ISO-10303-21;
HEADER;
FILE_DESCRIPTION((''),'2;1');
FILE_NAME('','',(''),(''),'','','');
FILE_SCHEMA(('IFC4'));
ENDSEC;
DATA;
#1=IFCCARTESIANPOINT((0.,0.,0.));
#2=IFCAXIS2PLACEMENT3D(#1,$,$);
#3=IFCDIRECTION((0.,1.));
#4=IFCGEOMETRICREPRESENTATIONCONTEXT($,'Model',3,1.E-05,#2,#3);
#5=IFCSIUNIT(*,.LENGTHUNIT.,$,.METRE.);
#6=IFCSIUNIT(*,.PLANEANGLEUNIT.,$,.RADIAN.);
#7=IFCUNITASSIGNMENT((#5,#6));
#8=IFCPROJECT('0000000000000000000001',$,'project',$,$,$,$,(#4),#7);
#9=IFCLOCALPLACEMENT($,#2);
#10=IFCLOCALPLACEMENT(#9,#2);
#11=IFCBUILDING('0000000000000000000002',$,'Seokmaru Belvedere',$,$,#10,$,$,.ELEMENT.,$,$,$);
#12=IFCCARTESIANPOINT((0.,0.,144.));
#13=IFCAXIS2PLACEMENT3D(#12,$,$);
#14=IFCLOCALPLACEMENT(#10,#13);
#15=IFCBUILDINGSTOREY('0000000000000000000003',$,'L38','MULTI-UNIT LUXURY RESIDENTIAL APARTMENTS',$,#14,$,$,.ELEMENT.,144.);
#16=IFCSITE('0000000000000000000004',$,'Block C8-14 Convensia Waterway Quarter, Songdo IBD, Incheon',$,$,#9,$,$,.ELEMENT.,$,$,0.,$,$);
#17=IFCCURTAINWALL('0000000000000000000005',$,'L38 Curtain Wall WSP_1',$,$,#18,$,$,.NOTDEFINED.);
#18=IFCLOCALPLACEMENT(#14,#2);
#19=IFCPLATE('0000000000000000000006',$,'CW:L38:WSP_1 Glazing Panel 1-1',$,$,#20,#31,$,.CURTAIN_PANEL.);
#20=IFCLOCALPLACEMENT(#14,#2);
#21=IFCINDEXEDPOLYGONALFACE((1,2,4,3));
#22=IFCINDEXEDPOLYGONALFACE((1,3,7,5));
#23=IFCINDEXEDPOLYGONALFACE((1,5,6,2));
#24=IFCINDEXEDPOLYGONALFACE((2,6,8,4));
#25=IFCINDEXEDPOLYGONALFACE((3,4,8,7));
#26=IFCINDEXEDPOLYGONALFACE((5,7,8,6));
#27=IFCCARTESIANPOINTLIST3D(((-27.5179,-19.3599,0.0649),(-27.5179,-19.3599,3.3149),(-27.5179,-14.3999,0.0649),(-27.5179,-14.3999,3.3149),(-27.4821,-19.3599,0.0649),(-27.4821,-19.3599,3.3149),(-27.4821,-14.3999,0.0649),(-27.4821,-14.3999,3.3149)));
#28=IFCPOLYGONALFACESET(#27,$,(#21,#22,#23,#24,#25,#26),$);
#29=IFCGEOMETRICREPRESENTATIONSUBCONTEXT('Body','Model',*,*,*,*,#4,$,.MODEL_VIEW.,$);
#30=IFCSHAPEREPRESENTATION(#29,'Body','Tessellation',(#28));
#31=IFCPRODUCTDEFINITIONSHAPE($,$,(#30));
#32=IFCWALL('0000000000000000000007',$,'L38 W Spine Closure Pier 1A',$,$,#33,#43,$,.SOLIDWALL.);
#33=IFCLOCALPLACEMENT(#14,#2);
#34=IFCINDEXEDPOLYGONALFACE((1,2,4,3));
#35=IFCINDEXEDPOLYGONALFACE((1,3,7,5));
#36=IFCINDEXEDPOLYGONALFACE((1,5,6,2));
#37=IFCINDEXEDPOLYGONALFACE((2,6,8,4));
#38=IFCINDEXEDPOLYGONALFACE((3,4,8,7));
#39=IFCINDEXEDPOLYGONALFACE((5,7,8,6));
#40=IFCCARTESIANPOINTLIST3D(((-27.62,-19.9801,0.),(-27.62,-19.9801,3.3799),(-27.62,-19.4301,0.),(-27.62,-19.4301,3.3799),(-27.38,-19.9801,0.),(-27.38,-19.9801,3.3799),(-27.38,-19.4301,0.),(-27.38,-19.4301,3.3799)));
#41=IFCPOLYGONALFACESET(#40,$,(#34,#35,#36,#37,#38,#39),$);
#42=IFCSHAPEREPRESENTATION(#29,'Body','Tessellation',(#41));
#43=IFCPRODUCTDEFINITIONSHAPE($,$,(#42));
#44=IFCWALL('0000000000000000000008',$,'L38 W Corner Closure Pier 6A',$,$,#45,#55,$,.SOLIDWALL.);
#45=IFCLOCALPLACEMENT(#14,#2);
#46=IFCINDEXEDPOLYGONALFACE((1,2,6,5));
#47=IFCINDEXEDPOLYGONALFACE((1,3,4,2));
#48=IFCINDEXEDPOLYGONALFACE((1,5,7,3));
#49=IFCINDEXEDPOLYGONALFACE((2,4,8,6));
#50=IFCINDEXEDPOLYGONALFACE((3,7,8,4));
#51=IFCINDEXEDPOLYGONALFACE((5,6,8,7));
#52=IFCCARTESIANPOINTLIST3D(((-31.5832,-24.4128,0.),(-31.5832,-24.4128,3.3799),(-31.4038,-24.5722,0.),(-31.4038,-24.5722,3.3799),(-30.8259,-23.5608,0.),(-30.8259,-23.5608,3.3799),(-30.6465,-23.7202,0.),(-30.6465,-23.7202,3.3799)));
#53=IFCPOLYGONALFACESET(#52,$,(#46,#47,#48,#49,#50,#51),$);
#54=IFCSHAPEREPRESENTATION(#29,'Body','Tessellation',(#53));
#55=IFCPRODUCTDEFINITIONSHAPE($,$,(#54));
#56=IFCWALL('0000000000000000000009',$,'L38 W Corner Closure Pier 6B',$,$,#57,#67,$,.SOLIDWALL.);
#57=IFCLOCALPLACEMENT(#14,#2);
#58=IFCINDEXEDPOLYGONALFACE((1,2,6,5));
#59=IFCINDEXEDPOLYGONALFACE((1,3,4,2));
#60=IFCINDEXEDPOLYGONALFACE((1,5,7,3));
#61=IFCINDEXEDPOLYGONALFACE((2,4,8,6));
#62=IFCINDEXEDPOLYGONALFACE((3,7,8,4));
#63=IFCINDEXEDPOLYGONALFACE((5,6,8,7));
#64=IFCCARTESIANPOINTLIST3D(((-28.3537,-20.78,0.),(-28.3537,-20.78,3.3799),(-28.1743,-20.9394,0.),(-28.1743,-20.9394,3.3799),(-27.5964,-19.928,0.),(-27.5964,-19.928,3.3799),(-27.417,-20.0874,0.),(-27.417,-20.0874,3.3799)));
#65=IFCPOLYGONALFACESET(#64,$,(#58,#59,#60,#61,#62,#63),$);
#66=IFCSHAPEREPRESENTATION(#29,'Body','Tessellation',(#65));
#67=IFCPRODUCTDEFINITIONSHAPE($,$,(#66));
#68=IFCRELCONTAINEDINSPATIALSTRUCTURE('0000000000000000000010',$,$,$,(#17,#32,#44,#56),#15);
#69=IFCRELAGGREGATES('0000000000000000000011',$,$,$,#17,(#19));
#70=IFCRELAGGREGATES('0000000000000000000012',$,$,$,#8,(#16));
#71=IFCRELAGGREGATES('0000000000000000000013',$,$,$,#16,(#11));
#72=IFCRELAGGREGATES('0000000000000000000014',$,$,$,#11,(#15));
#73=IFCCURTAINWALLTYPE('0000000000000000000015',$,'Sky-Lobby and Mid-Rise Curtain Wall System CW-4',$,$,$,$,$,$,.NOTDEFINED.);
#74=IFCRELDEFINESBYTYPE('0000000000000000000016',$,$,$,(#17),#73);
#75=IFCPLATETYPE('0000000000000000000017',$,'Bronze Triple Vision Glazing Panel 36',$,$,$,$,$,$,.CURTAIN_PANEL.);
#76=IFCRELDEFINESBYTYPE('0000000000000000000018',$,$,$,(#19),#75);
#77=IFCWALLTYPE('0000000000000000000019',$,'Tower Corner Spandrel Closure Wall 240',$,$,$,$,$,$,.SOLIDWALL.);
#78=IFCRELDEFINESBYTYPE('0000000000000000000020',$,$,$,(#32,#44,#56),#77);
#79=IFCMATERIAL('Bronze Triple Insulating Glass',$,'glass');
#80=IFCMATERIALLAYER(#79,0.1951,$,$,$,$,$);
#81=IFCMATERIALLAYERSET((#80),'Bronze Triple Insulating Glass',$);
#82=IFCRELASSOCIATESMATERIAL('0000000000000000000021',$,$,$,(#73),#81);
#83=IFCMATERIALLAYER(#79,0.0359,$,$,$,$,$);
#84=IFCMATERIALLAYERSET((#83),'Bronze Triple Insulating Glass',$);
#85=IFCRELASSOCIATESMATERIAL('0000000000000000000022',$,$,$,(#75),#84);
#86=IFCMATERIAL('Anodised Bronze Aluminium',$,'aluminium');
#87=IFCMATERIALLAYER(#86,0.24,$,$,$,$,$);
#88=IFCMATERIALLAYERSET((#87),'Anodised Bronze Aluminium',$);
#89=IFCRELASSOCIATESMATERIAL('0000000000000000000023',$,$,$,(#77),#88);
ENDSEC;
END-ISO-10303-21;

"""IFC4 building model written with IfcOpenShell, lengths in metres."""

from ifc_helpers import new_model, si_unit, direction, frame, frame_2d, origin, origin_2d, place, context, subcontext, project, spatial, rectangle, extrude, source, transform, mapped, material, layer, layer_set, type_object, element, aggregate, save


model = new_model("IFC4")

# Units and contexts
model_context = context("Model", 3, precision=1e-05, world=origin(), true_north=direction((0.0, 1.0)))
body_context = subcontext(model_context, "Body", "Model", "MODEL_VIEW")
ifc_project = project(units=[si_unit("LENGTHUNIT", "METRE"), si_unit("PLANEANGLEUNIT", "RADIAN")], contexts=[model_context])

# Site, building, storey
site_placement = place(None, origin())
site = spatial("IfcSite", under=ifc_project, at=site_placement, Name="Block C8-14 Convensia Waterway Quarter, Songdo IBD, Incheon", CompositionType="ELEMENT", RefElevation=0.0)
building_placement = place(site_placement, origin())
building = spatial("IfcBuilding", under=site, at=building_placement, Name="Seokmaru Belvedere", CompositionType="ELEMENT")
storey_placement = place(building_placement, frame((0.0, 0.0, 144.0)))
storey = spatial("IfcBuildingStorey", under=building, at=storey_placement, Name="L38", Description="MULTI-UNIT LUXURY RESIDENTIAL APARTMENTS", CompositionType="ELEMENT", Elevation=144.0)

# Curtain wall
ifc_material_1 = material(Name="Bronze Triple Insulating Glass", Category="glass")
ifc_layer_1 = layer(ifc_material_1, 0.1951)
ifc_layer_set_1 = layer_set([ifc_layer_1], Name="Bronze Triple Insulating Glass")
curtain_wall_type = type_object("IfcCurtainWallType", Name="Sky-Lobby and Mid-Rise Curtain Wall System CW-4", PredefinedType="NOTDEFINED", material=ifc_layer_set_1)
curtain_wall_1_placement = place(storey_placement, origin())
curtain_wall_1 = element("IfcCurtainWall", 1, at=curtain_wall_1_placement, inside=storey, type_object=curtain_wall_type, Name="L38 Curtain Wall WSP_1", PredefinedType="NOTDEFINED")
ifc_material_2 = material(Name="Anodised Bronze Aluminium", Category="aluminium")

# Plate
ifc_layer_2 = layer(ifc_material_1, 0.0359)
ifc_layer_set_2 = layer_set([ifc_layer_2], Name="Bronze Triple Insulating Glass")
plate_type = type_object("IfcPlateType", Name="Bronze Triple Vision Glazing Panel 36", PredefinedType="CURTAIN_PANEL", material=ifc_layer_set_2)
shared_shape_1 = source(origin(), body_context, "Body", "SweptSolid", [
    extrude(rectangle(XDim=4.96, YDim=0.0359, at=origin_2d()), origin(), (0.0, 0.0, 1.0), 3.25),
])
plate_1_placement = place(storey_placement, frame((-27.5, -16.8799, 0.0649), z_axis=(0.0, 0.0, 1.0), x_axis=(0.0, 1.0, 0.0)))
plate_1 = element("IfcPlate", 2, at=plate_1_placement, type_object=plate_type, Name="CW:L38:WSP_1 Glazing Panel 1-1", PredefinedType="CURTAIN_PANEL", context=body_context, shape_type="MappedRepresentation", body=[
    mapped(shared_shape_1, transform((0.0, 0.0, 0.0), scale=1.0)),
])
aggregate(curtain_wall_1, [plate_1])

# Walls
ifc_layer_3 = layer(ifc_material_2, 0.24)
ifc_layer_set_3 = layer_set([ifc_layer_3], Name="Anodised Bronze Aluminium")
wall_type = type_object("IfcWallType", Name="Tower Corner Spandrel Closure Wall 240", PredefinedType="SOLIDWALL", material=ifc_layer_set_3)
wall_placement = place(storey_placement, frame((-27.5, -19.98, 0.0), z_axis=(0.0, 0.0, 1.0), x_axis=(0.0, 1.0, 0.0)))
element("IfcWall", 3, at=wall_placement, inside=storey, type_object=wall_type, Name="L38 W Spine Closure Pier 1A", PredefinedType="SOLIDWALL", context=body_context, shape_type="SweptSolid", body=[
    extrude(rectangle(XDim=0.55, YDim=0.24, at=frame_2d((0.2749, 0.0))), origin(), (0.0, 0.0, 1.0), 3.3799),
])
for number, where, z_axis, x_axis, name in (
    (4, (-31.4934, -24.4924, 0.0), (0.0, 0.0, 1.0), (0.664337, 0.747433, 0.0), "L38 W Corner Closure Pier 6A"),
    (5, (-28.2639, -20.8596, 0.0), (0.0, 0.0, 1.0), (0.664337, 0.747433, 0.0), "L38 W Corner Closure Pier 6B"),
):
    element("IfcWall", number, at=place(storey_placement, frame(where, z_axis=z_axis, x_axis=x_axis)), inside=storey, type_object=wall_type, Name=name, PredefinedType="SOLIDWALL", context=body_context, shape_type="SweptSolid", body=[
        extrude(rectangle(XDim=1.1399, YDim=0.24, at=frame_2d((0.5698, 0.0))), origin(), (0.0, 0.0, 1.0), 3.3799),
    ])

save(model, "model.ifc")
